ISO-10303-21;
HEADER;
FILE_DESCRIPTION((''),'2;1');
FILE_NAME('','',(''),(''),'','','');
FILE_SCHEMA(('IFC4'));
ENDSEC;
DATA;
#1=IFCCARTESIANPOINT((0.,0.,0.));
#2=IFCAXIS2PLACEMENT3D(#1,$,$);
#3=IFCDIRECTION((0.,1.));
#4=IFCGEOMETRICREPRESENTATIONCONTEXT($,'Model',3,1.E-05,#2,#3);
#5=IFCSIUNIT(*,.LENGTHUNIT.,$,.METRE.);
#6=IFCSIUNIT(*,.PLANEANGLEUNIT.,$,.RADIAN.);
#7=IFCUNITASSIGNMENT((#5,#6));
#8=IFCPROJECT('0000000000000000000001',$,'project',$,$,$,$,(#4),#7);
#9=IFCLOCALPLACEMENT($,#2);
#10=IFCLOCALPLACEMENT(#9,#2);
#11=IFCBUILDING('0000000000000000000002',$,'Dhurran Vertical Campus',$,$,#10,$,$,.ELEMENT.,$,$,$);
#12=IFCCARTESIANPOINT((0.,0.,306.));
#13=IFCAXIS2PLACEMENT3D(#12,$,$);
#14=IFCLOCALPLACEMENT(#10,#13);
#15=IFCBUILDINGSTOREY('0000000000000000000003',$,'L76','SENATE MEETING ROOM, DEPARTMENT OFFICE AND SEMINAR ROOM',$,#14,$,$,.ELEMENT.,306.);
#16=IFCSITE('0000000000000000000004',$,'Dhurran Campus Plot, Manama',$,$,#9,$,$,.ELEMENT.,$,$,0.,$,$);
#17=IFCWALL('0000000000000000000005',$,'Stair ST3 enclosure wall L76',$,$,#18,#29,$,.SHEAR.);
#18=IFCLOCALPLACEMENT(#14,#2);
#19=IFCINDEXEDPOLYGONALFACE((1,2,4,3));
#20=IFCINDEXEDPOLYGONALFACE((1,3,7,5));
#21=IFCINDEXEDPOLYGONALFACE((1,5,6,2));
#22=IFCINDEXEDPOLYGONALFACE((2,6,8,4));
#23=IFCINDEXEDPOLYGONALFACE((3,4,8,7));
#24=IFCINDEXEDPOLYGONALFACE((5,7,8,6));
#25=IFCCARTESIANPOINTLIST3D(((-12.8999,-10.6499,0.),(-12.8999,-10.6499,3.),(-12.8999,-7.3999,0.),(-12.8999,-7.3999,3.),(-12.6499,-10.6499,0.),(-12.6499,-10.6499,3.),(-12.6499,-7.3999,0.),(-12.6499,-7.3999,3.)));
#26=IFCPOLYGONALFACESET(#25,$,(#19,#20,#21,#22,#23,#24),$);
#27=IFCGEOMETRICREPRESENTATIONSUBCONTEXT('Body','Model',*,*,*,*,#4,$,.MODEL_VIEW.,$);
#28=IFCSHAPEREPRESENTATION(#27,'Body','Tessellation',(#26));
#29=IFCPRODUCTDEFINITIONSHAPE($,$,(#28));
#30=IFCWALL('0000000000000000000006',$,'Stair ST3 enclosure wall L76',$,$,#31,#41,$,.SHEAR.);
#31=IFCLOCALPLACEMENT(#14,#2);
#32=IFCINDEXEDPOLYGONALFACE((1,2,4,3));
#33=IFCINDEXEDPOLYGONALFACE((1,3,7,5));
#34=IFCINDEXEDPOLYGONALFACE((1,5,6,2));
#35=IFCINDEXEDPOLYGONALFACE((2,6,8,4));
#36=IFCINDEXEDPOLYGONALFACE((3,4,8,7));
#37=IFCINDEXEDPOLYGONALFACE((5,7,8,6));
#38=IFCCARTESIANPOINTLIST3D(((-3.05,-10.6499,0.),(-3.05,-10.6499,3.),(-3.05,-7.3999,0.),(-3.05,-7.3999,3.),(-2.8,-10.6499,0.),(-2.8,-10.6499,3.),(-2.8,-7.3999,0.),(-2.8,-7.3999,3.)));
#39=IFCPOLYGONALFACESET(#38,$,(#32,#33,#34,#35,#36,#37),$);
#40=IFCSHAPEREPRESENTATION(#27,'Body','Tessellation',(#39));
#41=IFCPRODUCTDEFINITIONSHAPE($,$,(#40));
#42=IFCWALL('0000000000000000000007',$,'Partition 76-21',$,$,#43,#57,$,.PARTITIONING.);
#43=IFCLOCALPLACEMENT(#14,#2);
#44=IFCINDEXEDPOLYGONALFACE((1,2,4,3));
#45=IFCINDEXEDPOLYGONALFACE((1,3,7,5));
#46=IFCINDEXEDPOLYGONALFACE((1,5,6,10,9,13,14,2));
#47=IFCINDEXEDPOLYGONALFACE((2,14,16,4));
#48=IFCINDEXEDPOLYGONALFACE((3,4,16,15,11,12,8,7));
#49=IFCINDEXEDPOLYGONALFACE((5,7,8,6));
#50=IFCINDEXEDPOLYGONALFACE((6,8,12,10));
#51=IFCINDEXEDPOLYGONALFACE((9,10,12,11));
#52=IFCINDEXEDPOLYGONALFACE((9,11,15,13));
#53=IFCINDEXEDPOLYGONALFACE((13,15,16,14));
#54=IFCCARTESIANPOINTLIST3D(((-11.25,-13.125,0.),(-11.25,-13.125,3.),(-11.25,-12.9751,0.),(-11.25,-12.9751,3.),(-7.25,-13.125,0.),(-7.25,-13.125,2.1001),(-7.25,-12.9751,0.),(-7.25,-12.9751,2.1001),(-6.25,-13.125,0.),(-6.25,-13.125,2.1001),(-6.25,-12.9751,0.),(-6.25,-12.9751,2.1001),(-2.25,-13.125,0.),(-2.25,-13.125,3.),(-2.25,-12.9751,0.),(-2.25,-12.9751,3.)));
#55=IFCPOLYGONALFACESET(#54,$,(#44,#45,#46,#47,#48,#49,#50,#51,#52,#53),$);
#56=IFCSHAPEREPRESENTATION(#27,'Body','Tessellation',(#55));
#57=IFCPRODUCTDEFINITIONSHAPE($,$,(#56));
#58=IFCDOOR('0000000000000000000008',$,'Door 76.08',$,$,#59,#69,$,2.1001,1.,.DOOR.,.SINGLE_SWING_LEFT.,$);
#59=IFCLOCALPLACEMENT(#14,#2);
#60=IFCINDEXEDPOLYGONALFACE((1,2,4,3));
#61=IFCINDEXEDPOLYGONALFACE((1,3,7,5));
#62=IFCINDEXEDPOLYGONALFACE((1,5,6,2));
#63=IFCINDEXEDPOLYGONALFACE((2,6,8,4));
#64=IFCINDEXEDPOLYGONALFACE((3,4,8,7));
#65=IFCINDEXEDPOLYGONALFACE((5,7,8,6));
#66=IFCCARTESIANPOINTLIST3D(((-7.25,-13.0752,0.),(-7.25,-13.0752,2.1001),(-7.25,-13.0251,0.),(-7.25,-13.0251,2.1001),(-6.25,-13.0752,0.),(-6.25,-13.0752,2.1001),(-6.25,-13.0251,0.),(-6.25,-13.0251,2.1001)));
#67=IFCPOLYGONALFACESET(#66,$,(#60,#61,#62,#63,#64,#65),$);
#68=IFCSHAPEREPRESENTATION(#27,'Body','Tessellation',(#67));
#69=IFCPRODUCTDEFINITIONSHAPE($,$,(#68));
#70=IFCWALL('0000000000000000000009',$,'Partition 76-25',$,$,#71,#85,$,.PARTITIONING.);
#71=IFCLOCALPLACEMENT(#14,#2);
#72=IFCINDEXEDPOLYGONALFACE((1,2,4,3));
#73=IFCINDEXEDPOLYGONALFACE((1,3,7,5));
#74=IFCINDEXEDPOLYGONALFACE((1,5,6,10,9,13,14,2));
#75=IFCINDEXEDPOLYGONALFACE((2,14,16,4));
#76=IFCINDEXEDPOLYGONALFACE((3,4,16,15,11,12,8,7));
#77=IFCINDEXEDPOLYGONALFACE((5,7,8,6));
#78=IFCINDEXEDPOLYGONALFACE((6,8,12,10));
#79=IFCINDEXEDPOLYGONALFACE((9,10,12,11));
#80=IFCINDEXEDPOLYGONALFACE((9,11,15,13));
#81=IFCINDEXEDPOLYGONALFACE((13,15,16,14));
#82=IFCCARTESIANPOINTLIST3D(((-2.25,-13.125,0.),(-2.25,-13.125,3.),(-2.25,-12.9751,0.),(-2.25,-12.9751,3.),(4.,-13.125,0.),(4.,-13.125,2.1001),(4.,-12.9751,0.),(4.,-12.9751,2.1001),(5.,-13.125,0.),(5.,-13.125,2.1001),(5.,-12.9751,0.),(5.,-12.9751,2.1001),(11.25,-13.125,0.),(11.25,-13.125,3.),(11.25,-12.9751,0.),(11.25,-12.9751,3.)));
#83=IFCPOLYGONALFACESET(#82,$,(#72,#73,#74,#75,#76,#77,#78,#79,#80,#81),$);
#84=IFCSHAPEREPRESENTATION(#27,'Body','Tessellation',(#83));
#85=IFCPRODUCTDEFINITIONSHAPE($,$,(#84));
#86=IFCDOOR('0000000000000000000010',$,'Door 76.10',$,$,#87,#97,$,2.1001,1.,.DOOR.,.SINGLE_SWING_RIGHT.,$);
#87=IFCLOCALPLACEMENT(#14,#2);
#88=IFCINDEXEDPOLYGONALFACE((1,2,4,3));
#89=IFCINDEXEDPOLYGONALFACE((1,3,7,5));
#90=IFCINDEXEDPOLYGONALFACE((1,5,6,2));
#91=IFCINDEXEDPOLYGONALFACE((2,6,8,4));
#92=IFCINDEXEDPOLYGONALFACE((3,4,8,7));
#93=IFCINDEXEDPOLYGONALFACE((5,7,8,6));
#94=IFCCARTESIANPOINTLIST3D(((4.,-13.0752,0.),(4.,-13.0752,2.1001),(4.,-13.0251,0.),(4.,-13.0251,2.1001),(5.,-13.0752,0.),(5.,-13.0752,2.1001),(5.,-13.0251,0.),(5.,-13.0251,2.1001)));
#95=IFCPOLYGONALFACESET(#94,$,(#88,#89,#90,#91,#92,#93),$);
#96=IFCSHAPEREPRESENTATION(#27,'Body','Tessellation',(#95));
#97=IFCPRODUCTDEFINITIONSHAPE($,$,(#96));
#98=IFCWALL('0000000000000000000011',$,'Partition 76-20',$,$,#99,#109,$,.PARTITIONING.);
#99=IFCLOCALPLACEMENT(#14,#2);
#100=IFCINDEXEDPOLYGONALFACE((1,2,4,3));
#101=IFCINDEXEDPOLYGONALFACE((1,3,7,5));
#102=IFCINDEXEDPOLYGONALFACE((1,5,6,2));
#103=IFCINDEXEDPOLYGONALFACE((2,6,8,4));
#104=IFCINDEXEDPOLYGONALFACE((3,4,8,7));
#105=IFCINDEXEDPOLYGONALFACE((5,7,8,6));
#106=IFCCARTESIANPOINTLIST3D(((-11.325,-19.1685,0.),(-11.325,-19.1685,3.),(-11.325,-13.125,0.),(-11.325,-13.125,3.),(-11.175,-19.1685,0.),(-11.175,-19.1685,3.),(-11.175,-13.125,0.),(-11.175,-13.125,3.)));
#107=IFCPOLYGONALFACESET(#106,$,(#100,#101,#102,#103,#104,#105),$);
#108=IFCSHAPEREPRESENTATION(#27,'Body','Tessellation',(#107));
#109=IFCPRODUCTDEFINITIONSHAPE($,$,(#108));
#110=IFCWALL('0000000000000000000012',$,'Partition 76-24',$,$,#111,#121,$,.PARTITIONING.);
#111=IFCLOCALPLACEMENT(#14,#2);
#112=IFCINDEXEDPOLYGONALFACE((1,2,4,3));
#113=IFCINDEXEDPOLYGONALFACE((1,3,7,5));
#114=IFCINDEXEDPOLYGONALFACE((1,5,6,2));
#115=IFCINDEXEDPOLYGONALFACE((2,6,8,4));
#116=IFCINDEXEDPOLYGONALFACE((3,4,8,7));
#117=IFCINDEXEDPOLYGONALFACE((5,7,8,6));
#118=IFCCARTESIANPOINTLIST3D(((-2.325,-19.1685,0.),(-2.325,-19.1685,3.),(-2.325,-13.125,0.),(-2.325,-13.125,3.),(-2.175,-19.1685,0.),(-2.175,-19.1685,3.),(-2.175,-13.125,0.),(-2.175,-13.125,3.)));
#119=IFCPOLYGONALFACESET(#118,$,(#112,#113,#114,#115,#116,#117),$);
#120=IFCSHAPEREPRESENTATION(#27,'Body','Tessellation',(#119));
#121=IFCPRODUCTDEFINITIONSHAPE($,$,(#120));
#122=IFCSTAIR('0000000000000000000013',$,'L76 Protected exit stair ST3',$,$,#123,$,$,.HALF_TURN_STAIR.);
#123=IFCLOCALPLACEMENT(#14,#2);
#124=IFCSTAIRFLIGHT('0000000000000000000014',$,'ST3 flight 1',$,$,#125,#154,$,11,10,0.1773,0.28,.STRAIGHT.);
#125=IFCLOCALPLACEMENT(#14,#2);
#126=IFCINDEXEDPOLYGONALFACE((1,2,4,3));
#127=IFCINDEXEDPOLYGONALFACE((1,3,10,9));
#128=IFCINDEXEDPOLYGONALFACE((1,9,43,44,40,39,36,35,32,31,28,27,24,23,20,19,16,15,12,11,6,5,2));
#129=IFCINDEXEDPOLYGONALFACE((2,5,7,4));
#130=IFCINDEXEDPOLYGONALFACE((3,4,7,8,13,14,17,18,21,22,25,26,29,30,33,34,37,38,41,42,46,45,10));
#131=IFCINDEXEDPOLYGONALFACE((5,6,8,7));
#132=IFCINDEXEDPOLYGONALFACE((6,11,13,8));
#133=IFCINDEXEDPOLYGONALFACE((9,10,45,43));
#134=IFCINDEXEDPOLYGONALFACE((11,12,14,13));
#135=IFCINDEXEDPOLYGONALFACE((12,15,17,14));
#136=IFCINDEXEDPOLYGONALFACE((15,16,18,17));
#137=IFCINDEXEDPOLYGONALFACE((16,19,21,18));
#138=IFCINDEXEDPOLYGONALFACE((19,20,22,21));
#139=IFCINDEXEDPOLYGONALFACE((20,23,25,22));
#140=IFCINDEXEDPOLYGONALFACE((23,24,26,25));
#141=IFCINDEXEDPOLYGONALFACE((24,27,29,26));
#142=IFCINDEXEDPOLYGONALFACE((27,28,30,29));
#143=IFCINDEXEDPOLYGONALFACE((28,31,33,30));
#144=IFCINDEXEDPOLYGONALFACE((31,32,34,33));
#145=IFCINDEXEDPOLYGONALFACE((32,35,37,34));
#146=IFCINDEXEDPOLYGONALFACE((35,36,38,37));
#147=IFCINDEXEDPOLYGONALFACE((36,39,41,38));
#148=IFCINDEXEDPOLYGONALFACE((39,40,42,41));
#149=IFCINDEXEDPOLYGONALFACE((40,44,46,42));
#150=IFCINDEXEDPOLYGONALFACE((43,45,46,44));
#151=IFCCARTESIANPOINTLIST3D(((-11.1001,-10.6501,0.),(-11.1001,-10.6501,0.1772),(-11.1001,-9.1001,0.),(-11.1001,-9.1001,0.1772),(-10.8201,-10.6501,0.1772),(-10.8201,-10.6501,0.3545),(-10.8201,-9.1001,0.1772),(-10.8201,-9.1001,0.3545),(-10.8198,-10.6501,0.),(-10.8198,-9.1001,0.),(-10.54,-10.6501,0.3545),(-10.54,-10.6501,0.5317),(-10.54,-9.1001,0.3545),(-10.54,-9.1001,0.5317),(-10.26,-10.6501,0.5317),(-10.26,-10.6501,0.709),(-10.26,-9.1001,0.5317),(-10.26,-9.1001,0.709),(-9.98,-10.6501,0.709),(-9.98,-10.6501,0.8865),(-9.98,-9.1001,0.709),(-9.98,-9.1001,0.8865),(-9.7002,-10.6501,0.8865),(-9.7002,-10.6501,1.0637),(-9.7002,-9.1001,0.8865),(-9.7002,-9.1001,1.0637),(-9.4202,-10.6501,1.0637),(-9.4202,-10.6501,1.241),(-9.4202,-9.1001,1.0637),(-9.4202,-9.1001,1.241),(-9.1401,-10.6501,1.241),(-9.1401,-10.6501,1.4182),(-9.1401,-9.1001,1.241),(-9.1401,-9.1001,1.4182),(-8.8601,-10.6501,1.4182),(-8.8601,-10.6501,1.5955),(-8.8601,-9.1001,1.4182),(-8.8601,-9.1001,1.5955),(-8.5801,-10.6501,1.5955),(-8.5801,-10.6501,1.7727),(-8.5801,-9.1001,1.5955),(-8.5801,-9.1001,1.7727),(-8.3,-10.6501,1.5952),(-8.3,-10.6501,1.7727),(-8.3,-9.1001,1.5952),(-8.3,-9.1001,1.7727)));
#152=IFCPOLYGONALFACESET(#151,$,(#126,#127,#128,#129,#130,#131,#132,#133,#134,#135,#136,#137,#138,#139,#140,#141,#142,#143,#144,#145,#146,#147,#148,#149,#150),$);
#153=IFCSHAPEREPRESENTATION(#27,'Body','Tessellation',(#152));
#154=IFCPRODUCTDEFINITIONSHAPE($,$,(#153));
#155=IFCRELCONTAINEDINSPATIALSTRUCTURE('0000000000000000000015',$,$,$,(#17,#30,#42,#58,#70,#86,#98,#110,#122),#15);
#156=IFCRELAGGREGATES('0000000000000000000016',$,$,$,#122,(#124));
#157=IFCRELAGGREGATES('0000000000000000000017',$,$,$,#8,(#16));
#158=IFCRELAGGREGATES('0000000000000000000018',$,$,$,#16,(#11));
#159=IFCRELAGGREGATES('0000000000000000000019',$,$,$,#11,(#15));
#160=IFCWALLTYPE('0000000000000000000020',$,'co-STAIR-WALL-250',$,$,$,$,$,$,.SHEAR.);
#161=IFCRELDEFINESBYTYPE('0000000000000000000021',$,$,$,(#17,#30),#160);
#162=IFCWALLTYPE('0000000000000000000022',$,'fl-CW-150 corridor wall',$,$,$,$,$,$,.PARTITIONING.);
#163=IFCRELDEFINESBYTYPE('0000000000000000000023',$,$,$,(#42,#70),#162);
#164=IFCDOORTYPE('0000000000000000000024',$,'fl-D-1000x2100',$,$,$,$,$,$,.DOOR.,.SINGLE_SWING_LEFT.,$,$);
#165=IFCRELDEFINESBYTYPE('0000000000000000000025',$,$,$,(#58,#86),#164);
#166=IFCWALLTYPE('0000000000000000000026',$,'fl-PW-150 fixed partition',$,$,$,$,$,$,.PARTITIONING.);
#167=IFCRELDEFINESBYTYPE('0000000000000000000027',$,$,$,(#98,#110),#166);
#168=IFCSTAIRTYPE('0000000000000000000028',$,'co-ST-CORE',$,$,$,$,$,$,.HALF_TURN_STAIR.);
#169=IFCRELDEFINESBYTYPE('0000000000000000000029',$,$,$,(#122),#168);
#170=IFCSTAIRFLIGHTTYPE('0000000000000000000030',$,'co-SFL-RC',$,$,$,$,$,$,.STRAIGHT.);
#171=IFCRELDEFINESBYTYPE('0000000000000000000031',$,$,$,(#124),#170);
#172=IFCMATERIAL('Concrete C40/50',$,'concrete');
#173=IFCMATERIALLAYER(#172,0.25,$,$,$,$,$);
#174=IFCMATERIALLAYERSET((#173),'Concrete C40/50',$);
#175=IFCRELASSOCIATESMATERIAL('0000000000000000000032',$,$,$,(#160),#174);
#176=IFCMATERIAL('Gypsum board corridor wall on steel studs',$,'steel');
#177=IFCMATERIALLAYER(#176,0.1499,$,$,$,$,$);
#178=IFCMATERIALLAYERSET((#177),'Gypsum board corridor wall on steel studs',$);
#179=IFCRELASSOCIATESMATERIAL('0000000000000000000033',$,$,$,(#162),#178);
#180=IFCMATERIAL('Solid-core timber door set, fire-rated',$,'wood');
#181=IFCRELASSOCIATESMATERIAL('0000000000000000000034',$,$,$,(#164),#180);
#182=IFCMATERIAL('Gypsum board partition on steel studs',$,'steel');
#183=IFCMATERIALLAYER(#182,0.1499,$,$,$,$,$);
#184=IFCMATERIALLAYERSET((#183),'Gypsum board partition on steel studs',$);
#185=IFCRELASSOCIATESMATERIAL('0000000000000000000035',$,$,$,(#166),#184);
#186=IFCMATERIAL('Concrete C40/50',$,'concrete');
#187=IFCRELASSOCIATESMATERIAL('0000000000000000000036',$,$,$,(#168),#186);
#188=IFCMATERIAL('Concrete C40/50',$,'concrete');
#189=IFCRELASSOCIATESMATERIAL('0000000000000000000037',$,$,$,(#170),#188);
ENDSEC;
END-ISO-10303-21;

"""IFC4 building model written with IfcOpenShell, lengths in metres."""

from ifc_helpers import new_model, si_unit, direction, frame, frame_2d, origin, place, context, subcontext, project, spatial, polyline, rectangle, outline, extrude, material, layer, layer_set, type_object, element, fill, aggregate, save


model = new_model("IFC4")

# Units and contexts
model_context = context("Model", 3, precision=1e-05, world=origin(), true_north=direction((0.0, 1.0)))
body_context = subcontext(model_context, "Body", "Model", "MODEL_VIEW")
ifc_project = project(units=[si_unit("LENGTHUNIT", "METRE"), si_unit("PLANEANGLEUNIT", "RADIAN")], contexts=[model_context])

# Site, building, storey
site_placement = place(None, origin())
site = spatial("IfcSite", under=ifc_project, at=site_placement, Name="Dhurran Campus Plot, Manama", CompositionType="ELEMENT", RefElevation=0.0)
building_placement = place(site_placement, origin())
building = spatial("IfcBuilding", under=site, at=building_placement, Name="Dhurran Vertical Campus", CompositionType="ELEMENT")
storey_placement = place(building_placement, frame((0.0, 0.0, 306.0)))
storey = spatial("IfcBuildingStorey", under=building, at=storey_placement, Name="L76", Description="SENATE MEETING ROOM, DEPARTMENT OFFICE AND SEMINAR ROOM", CompositionType="ELEMENT", Elevation=306.0)

# Walls
ifc_material_1 = material(Name="Concrete C40/50", Category="concrete")
ifc_layer_1 = layer(ifc_material_1, 0.25)
ifc_layer_set_1 = layer_set([ifc_layer_1], Name="Concrete C40/50")
wall_type_1 = type_object("IfcWallType", Name="co-STAIR-WALL-250", PredefinedType="SHEAR", material=ifc_layer_set_1)
for number, where, z_axis, x_axis, name in (
    (1, (-12.7749, -10.6499, 0.0), (0.0, 0.0, 1.0), (0.0, 1.0, 0.0), "Stair ST3 enclosure wall L76"),
    (2, (-2.925, -10.6499, 0.0), (0.0, 0.0, 1.0), (0.0, 1.0, 0.0), "Stair ST3 enclosure wall L76"),
):
    element("IfcWall", number, at=place(storey_placement, frame(where, z_axis=z_axis, x_axis=x_axis)), inside=storey, type_object=wall_type_1, Name=name, PredefinedType="SHEAR", context=body_context, shape_type="SweptSolid", body=[
        extrude(rectangle(XDim=3.25, YDim=0.25, at=frame_2d((1.625, 0.0))), origin(), (0.0, 0.0, 1.0), 3.0),
    ])

# Walls, openings, doors
ifc_material_2 = material(Name="Gypsum board corridor wall on steel studs", Category="steel")
ifc_layer_2 = layer(ifc_material_2, 0.1499)
ifc_layer_set_2 = layer_set([ifc_layer_2], Name="Gypsum board corridor wall on steel studs")
wall_type_2 = type_object("IfcWallType", Name="fl-CW-150 corridor wall", PredefinedType="PARTITIONING", material=ifc_layer_set_2)
wall_1_placement = place(storey_placement, frame((-11.25, -13.05, 0.0), z_axis=(0.0, 0.0, 1.0), x_axis=(1.0, 0.0, 0.0)))
wall_1 = element("IfcWall", 3, at=wall_1_placement, inside=storey, type_object=wall_type_2, Name="Partition 76-21", PredefinedType="PARTITIONING", context=body_context, shape_type="SweptSolid", body=[
    extrude(rectangle(XDim=9.0, YDim=0.1499, at=frame_2d((4.5, 0.0))), origin(), (0.0, 0.0, 1.0), 3.0),
])
opening_1_placement = place(wall_1_placement, frame((4.0, 0.0, 0.0)))
opening_1 = element("IfcOpeningElement", 4, at=opening_1_placement, cuts=wall_1, PredefinedType="OPENING", context=body_context, shape_type="SweptSolid", body=[
    extrude(rectangle(XDim=1.0, YDim=2.1001, at=frame_2d((0.5, 1.05))), frame((0.0, 0.085, 0.0), z_axis=(0.0, -1.0, 0.0), x_axis=(1.0, 0.0, 0.0)), (0.0, 0.0, 1.0), 0.1699),
])
ifc_material_3 = material(Name="Solid-core timber door set, fire-rated", Category="wood")
door_type_1 = type_object("IfcDoorType", Name="fl-D-1000x2100", OperationType="SINGLE_SWING_LEFT", PredefinedType="DOOR", material=ifc_material_3)
door_1_placement = place(opening_1_placement, origin())
door_1 = element("IfcDoor", 5, at=door_1_placement, inside=storey, type_object=door_type_1, Name="Door 76.08", OperationType="SINGLE_SWING_LEFT", OverallHeight=2.1001, OverallWidth=1.0, PredefinedType="DOOR", context=body_context, shape_type="SweptSolid", body=[
    extrude(rectangle(XDim=1.0, YDim=2.1001, at=frame_2d((0.5, 1.05))), frame((0.0, 0.0249, 0.0), z_axis=(0.0, -1.0, 0.0), x_axis=(1.0, 0.0, 0.0)), (0.0, 0.0, 1.0), 0.05),
])
fill(opening_1, door_1)
wall_2_placement = place(storey_placement, frame((-2.25, -13.05, 0.0), z_axis=(0.0, 0.0, 1.0), x_axis=(1.0, 0.0, 0.0)))
wall_2 = element("IfcWall", 6, at=wall_2_placement, inside=storey, type_object=wall_type_2, Name="Partition 76-25", PredefinedType="PARTITIONING", context=body_context, shape_type="SweptSolid", body=[
    extrude(rectangle(XDim=13.5, YDim=0.1499, at=frame_2d((6.75, 0.0))), origin(), (0.0, 0.0, 1.0), 3.0),
])
opening_2_placement = place(wall_2_placement, frame((6.25, 0.0, 0.0)))
opening_2 = element("IfcOpeningElement", 7, at=opening_2_placement, cuts=wall_2, PredefinedType="OPENING", context=body_context, shape_type="SweptSolid", body=[
    extrude(rectangle(XDim=1.0, YDim=2.1001, at=frame_2d((0.5, 1.05))), frame((0.0, 0.085, 0.0), z_axis=(0.0, -1.0, 0.0), x_axis=(1.0, 0.0, 0.0)), (0.0, 0.0, 1.0), 0.1699),
])
door_2_placement = place(opening_2_placement, origin())
door_2 = element("IfcDoor", 8, at=door_2_placement, inside=storey, type_object=door_type_1, Name="Door 76.10", OperationType="SINGLE_SWING_RIGHT", OverallHeight=2.1001, OverallWidth=1.0, PredefinedType="DOOR", context=body_context, shape_type="SweptSolid", body=[
    extrude(rectangle(XDim=1.0, YDim=2.1001, at=frame_2d((0.5, 1.05))), frame((0.0, 0.0249, 0.0), z_axis=(0.0, -1.0, 0.0), x_axis=(1.0, 0.0, 0.0)), (0.0, 0.0, 1.0), 0.05),
])
fill(opening_2, door_2)

# Walls
ifc_material_4 = material(Name="Gypsum board partition on steel studs", Category="steel")
ifc_layer_3 = layer(ifc_material_4, 0.1499)
ifc_layer_set_3 = layer_set([ifc_layer_3], Name="Gypsum board partition on steel studs")
wall_type_3 = type_object("IfcWallType", Name="fl-PW-150 fixed partition", PredefinedType="PARTITIONING", material=ifc_layer_set_3)
for number, where, z_axis, x_axis, name in (
    (9, (-11.25, -13.125, 0.0), (0.0, 0.0, 1.0), (0.0, -1.0, 0.0), "Partition 76-20"),
    (10, (-2.25, -13.125, 0.0), (0.0, 0.0, 1.0), (0.0, -1.0, 0.0), "Partition 76-24"),
):
    element("IfcWall", number, at=place(storey_placement, frame(where, z_axis=z_axis, x_axis=x_axis)), inside=storey, type_object=wall_type_3, Name=name, PredefinedType="PARTITIONING", context=body_context, shape_type="SweptSolid", body=[
        extrude(rectangle(XDim=6.0435, YDim=0.1499, at=frame_2d((3.0217, 0.0))), origin(), (0.0, 0.0, 1.0), 3.0),
    ])

# Stair, stair flight
ifc_material_5 = material(Name="Concrete C40/50", Category="concrete")
stair_type = type_object("IfcStairType", Name="co-ST-CORE", PredefinedType="HALF_TURN_STAIR", material=ifc_material_5)
stair_placement = place(storey_placement, origin())
stair = element("IfcStair", 11, at=stair_placement, inside=storey, type_object=stair_type, Name="L76 Protected exit stair ST3", PredefinedType="HALF_TURN_STAIR")
ifc_material_6 = material(Name="Concrete C40/50", Category="concrete")
stair_flight_type = type_object("IfcStairFlightType", Name="co-SFL-RC", PredefinedType="STRAIGHT", material=ifc_material_6)
stair_flight_placement = place(storey_placement, frame((-11.1001, -9.875, 0.0), z_axis=(0.0, 0.0, 1.0), x_axis=(1.0, 0.0, 0.0)))
stair_flight = element("IfcStairFlight", 12, at=stair_flight_placement, type_object=stair_flight_type, Name="ST3 flight 1", NumberOfRisers=11, NumberOfTreads=10, PredefinedType="STRAIGHT", RiserHeight=0.1773, TreadLength=0.28, context=body_context, shape_type="SweptSolid", body=[
    extrude(outline(polyline([(0.0, 0.0), (0.0, 0.1772), (0.28, 0.1772), (0.28, 0.3545), (0.5601, 0.3545), (0.5601, 0.5317), (0.8401, 0.5317), (0.8401, 0.709), (1.1201, 0.709), (1.1201, 0.8865), (1.3999, 0.8865), (1.3999, 1.0637), (1.6799, 1.0637), (1.6799, 1.241), (1.96, 1.241), (1.96, 1.4182), (2.24, 1.4182), (2.24, 1.5955), (2.52, 1.5955), (2.52, 1.7727), (2.8, 1.7727), (2.8, 1.95), (2.8, 1.5952), (0.2803, 0.0), (0.0, 0.0)])), frame((0.0, 0.7749, 0.0), z_axis=(0.0, -1.0, 0.0), x_axis=(1.0, 0.0, 0.0)), (0.0, 0.0, 1.0), 1.55),
])
aggregate(stair, [stair_flight])

save(model, "model.ifc")
